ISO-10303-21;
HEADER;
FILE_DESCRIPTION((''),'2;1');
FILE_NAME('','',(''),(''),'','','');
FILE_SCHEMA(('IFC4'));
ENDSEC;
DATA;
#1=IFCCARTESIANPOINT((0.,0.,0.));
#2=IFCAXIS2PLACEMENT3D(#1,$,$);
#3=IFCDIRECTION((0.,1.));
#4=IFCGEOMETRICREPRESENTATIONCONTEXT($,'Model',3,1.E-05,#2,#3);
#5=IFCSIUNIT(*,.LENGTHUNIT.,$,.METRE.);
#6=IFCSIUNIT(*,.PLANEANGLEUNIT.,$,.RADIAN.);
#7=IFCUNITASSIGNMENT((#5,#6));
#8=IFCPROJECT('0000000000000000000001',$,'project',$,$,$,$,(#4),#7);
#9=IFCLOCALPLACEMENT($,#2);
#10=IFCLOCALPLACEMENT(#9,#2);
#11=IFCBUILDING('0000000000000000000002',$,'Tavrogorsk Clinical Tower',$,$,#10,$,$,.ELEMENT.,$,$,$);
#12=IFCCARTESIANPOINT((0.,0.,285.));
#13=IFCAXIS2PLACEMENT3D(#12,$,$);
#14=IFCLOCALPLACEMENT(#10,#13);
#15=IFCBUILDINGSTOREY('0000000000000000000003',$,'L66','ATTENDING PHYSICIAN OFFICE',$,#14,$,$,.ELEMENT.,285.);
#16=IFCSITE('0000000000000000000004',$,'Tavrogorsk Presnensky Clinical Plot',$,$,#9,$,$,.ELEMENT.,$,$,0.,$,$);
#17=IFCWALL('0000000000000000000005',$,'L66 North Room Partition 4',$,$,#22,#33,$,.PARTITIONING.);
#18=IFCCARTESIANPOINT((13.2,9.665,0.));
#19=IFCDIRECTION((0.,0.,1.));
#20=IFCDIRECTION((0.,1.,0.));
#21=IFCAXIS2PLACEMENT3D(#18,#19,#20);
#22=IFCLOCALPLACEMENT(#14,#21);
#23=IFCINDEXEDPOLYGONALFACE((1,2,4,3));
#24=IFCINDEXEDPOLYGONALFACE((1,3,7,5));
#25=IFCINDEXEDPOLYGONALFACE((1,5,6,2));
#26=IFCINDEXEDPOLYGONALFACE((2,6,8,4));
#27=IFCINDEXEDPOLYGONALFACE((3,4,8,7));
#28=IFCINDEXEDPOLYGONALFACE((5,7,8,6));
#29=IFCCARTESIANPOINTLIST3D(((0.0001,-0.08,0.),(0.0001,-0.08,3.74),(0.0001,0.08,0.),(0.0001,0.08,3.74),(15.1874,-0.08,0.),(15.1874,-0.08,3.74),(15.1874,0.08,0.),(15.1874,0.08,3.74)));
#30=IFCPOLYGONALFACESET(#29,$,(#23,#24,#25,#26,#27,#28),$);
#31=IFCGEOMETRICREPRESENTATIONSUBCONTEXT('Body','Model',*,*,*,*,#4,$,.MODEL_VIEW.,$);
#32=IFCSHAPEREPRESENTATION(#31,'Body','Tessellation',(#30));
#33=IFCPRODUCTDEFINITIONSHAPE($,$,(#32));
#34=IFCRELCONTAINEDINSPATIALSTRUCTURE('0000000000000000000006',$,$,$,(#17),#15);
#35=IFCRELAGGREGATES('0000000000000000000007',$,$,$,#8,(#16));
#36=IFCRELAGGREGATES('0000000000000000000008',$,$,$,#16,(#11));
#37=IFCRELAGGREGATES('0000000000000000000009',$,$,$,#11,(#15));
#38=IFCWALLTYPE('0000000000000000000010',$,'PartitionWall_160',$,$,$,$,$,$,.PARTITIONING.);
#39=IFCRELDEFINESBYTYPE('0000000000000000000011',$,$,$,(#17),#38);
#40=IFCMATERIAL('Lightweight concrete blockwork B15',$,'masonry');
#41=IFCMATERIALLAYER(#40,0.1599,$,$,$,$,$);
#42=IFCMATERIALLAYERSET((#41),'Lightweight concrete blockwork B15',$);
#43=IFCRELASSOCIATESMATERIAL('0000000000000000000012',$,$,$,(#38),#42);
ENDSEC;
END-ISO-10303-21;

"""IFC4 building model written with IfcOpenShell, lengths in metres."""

from ifc_helpers import new_model, si_unit, direction, frame, frame_2d, origin, place, context, subcontext, project, spatial, rectangle, extrude, material, layer, layer_set, type_object, element, save


model = new_model("IFC4")

# Units and contexts
model_context = context("Model", 3, precision=1e-05, world=origin(), true_north=direction((0.0, 1.0)))
body_context = subcontext(model_context, "Body", "Model", "MODEL_VIEW")
ifc_project = project(units=[si_unit("LENGTHUNIT", "METRE"), si_unit("PLANEANGLEUNIT", "RADIAN")], contexts=[model_context])

# Site, building, storey
site_placement = place(None, origin())
site = spatial("IfcSite", under=ifc_project, at=site_placement, Name="Tavrogorsk Presnensky Clinical Plot", CompositionType="ELEMENT", RefElevation=0.0)
building_placement = place(site_placement, origin())
building = spatial("IfcBuilding", under=site, at=building_placement, Name="Tavrogorsk Clinical Tower", CompositionType="ELEMENT")
storey_placement = place(building_placement, frame((0.0, 0.0, 285.0)))
storey = spatial("IfcBuildingStorey", under=building, at=storey_placement, Name="L66", Description="ATTENDING PHYSICIAN OFFICE", CompositionType="ELEMENT", Elevation=285.0)

# Wall
ifc_material_1 = material(Name="Lightweight concrete blockwork B15", Category="masonry")
ifc_layer_1 = layer(ifc_material_1, 0.1599)
ifc_layer_set_1 = layer_set([ifc_layer_1], Name="Lightweight concrete blockwork B15")
wall_type_1 = type_object("IfcWallType", Name="PartitionWall_160", PredefinedType="PARTITIONING", material=ifc_layer_set_1)
wall_1_placement = place(storey_placement, frame((13.2, 9.665, 0.0), z_axis=(0.0, 0.0, 1.0), x_axis=(0.0, 1.0, 0.0)))
element("IfcWall", 1, at=wall_1_placement, inside=storey, type_object=wall_type_1, Name="L66 North Room Partition 4", PredefinedType="PARTITIONING", context=body_context, shape_type="SweptSolid", body=[
    extrude(rectangle(XDim=15.1873, YDim=0.1599, at=frame_2d((7.5938, 0.0))), origin(), (0.0, 0.0, 1.0), 3.74),
])

save(model, "model.ifc")
